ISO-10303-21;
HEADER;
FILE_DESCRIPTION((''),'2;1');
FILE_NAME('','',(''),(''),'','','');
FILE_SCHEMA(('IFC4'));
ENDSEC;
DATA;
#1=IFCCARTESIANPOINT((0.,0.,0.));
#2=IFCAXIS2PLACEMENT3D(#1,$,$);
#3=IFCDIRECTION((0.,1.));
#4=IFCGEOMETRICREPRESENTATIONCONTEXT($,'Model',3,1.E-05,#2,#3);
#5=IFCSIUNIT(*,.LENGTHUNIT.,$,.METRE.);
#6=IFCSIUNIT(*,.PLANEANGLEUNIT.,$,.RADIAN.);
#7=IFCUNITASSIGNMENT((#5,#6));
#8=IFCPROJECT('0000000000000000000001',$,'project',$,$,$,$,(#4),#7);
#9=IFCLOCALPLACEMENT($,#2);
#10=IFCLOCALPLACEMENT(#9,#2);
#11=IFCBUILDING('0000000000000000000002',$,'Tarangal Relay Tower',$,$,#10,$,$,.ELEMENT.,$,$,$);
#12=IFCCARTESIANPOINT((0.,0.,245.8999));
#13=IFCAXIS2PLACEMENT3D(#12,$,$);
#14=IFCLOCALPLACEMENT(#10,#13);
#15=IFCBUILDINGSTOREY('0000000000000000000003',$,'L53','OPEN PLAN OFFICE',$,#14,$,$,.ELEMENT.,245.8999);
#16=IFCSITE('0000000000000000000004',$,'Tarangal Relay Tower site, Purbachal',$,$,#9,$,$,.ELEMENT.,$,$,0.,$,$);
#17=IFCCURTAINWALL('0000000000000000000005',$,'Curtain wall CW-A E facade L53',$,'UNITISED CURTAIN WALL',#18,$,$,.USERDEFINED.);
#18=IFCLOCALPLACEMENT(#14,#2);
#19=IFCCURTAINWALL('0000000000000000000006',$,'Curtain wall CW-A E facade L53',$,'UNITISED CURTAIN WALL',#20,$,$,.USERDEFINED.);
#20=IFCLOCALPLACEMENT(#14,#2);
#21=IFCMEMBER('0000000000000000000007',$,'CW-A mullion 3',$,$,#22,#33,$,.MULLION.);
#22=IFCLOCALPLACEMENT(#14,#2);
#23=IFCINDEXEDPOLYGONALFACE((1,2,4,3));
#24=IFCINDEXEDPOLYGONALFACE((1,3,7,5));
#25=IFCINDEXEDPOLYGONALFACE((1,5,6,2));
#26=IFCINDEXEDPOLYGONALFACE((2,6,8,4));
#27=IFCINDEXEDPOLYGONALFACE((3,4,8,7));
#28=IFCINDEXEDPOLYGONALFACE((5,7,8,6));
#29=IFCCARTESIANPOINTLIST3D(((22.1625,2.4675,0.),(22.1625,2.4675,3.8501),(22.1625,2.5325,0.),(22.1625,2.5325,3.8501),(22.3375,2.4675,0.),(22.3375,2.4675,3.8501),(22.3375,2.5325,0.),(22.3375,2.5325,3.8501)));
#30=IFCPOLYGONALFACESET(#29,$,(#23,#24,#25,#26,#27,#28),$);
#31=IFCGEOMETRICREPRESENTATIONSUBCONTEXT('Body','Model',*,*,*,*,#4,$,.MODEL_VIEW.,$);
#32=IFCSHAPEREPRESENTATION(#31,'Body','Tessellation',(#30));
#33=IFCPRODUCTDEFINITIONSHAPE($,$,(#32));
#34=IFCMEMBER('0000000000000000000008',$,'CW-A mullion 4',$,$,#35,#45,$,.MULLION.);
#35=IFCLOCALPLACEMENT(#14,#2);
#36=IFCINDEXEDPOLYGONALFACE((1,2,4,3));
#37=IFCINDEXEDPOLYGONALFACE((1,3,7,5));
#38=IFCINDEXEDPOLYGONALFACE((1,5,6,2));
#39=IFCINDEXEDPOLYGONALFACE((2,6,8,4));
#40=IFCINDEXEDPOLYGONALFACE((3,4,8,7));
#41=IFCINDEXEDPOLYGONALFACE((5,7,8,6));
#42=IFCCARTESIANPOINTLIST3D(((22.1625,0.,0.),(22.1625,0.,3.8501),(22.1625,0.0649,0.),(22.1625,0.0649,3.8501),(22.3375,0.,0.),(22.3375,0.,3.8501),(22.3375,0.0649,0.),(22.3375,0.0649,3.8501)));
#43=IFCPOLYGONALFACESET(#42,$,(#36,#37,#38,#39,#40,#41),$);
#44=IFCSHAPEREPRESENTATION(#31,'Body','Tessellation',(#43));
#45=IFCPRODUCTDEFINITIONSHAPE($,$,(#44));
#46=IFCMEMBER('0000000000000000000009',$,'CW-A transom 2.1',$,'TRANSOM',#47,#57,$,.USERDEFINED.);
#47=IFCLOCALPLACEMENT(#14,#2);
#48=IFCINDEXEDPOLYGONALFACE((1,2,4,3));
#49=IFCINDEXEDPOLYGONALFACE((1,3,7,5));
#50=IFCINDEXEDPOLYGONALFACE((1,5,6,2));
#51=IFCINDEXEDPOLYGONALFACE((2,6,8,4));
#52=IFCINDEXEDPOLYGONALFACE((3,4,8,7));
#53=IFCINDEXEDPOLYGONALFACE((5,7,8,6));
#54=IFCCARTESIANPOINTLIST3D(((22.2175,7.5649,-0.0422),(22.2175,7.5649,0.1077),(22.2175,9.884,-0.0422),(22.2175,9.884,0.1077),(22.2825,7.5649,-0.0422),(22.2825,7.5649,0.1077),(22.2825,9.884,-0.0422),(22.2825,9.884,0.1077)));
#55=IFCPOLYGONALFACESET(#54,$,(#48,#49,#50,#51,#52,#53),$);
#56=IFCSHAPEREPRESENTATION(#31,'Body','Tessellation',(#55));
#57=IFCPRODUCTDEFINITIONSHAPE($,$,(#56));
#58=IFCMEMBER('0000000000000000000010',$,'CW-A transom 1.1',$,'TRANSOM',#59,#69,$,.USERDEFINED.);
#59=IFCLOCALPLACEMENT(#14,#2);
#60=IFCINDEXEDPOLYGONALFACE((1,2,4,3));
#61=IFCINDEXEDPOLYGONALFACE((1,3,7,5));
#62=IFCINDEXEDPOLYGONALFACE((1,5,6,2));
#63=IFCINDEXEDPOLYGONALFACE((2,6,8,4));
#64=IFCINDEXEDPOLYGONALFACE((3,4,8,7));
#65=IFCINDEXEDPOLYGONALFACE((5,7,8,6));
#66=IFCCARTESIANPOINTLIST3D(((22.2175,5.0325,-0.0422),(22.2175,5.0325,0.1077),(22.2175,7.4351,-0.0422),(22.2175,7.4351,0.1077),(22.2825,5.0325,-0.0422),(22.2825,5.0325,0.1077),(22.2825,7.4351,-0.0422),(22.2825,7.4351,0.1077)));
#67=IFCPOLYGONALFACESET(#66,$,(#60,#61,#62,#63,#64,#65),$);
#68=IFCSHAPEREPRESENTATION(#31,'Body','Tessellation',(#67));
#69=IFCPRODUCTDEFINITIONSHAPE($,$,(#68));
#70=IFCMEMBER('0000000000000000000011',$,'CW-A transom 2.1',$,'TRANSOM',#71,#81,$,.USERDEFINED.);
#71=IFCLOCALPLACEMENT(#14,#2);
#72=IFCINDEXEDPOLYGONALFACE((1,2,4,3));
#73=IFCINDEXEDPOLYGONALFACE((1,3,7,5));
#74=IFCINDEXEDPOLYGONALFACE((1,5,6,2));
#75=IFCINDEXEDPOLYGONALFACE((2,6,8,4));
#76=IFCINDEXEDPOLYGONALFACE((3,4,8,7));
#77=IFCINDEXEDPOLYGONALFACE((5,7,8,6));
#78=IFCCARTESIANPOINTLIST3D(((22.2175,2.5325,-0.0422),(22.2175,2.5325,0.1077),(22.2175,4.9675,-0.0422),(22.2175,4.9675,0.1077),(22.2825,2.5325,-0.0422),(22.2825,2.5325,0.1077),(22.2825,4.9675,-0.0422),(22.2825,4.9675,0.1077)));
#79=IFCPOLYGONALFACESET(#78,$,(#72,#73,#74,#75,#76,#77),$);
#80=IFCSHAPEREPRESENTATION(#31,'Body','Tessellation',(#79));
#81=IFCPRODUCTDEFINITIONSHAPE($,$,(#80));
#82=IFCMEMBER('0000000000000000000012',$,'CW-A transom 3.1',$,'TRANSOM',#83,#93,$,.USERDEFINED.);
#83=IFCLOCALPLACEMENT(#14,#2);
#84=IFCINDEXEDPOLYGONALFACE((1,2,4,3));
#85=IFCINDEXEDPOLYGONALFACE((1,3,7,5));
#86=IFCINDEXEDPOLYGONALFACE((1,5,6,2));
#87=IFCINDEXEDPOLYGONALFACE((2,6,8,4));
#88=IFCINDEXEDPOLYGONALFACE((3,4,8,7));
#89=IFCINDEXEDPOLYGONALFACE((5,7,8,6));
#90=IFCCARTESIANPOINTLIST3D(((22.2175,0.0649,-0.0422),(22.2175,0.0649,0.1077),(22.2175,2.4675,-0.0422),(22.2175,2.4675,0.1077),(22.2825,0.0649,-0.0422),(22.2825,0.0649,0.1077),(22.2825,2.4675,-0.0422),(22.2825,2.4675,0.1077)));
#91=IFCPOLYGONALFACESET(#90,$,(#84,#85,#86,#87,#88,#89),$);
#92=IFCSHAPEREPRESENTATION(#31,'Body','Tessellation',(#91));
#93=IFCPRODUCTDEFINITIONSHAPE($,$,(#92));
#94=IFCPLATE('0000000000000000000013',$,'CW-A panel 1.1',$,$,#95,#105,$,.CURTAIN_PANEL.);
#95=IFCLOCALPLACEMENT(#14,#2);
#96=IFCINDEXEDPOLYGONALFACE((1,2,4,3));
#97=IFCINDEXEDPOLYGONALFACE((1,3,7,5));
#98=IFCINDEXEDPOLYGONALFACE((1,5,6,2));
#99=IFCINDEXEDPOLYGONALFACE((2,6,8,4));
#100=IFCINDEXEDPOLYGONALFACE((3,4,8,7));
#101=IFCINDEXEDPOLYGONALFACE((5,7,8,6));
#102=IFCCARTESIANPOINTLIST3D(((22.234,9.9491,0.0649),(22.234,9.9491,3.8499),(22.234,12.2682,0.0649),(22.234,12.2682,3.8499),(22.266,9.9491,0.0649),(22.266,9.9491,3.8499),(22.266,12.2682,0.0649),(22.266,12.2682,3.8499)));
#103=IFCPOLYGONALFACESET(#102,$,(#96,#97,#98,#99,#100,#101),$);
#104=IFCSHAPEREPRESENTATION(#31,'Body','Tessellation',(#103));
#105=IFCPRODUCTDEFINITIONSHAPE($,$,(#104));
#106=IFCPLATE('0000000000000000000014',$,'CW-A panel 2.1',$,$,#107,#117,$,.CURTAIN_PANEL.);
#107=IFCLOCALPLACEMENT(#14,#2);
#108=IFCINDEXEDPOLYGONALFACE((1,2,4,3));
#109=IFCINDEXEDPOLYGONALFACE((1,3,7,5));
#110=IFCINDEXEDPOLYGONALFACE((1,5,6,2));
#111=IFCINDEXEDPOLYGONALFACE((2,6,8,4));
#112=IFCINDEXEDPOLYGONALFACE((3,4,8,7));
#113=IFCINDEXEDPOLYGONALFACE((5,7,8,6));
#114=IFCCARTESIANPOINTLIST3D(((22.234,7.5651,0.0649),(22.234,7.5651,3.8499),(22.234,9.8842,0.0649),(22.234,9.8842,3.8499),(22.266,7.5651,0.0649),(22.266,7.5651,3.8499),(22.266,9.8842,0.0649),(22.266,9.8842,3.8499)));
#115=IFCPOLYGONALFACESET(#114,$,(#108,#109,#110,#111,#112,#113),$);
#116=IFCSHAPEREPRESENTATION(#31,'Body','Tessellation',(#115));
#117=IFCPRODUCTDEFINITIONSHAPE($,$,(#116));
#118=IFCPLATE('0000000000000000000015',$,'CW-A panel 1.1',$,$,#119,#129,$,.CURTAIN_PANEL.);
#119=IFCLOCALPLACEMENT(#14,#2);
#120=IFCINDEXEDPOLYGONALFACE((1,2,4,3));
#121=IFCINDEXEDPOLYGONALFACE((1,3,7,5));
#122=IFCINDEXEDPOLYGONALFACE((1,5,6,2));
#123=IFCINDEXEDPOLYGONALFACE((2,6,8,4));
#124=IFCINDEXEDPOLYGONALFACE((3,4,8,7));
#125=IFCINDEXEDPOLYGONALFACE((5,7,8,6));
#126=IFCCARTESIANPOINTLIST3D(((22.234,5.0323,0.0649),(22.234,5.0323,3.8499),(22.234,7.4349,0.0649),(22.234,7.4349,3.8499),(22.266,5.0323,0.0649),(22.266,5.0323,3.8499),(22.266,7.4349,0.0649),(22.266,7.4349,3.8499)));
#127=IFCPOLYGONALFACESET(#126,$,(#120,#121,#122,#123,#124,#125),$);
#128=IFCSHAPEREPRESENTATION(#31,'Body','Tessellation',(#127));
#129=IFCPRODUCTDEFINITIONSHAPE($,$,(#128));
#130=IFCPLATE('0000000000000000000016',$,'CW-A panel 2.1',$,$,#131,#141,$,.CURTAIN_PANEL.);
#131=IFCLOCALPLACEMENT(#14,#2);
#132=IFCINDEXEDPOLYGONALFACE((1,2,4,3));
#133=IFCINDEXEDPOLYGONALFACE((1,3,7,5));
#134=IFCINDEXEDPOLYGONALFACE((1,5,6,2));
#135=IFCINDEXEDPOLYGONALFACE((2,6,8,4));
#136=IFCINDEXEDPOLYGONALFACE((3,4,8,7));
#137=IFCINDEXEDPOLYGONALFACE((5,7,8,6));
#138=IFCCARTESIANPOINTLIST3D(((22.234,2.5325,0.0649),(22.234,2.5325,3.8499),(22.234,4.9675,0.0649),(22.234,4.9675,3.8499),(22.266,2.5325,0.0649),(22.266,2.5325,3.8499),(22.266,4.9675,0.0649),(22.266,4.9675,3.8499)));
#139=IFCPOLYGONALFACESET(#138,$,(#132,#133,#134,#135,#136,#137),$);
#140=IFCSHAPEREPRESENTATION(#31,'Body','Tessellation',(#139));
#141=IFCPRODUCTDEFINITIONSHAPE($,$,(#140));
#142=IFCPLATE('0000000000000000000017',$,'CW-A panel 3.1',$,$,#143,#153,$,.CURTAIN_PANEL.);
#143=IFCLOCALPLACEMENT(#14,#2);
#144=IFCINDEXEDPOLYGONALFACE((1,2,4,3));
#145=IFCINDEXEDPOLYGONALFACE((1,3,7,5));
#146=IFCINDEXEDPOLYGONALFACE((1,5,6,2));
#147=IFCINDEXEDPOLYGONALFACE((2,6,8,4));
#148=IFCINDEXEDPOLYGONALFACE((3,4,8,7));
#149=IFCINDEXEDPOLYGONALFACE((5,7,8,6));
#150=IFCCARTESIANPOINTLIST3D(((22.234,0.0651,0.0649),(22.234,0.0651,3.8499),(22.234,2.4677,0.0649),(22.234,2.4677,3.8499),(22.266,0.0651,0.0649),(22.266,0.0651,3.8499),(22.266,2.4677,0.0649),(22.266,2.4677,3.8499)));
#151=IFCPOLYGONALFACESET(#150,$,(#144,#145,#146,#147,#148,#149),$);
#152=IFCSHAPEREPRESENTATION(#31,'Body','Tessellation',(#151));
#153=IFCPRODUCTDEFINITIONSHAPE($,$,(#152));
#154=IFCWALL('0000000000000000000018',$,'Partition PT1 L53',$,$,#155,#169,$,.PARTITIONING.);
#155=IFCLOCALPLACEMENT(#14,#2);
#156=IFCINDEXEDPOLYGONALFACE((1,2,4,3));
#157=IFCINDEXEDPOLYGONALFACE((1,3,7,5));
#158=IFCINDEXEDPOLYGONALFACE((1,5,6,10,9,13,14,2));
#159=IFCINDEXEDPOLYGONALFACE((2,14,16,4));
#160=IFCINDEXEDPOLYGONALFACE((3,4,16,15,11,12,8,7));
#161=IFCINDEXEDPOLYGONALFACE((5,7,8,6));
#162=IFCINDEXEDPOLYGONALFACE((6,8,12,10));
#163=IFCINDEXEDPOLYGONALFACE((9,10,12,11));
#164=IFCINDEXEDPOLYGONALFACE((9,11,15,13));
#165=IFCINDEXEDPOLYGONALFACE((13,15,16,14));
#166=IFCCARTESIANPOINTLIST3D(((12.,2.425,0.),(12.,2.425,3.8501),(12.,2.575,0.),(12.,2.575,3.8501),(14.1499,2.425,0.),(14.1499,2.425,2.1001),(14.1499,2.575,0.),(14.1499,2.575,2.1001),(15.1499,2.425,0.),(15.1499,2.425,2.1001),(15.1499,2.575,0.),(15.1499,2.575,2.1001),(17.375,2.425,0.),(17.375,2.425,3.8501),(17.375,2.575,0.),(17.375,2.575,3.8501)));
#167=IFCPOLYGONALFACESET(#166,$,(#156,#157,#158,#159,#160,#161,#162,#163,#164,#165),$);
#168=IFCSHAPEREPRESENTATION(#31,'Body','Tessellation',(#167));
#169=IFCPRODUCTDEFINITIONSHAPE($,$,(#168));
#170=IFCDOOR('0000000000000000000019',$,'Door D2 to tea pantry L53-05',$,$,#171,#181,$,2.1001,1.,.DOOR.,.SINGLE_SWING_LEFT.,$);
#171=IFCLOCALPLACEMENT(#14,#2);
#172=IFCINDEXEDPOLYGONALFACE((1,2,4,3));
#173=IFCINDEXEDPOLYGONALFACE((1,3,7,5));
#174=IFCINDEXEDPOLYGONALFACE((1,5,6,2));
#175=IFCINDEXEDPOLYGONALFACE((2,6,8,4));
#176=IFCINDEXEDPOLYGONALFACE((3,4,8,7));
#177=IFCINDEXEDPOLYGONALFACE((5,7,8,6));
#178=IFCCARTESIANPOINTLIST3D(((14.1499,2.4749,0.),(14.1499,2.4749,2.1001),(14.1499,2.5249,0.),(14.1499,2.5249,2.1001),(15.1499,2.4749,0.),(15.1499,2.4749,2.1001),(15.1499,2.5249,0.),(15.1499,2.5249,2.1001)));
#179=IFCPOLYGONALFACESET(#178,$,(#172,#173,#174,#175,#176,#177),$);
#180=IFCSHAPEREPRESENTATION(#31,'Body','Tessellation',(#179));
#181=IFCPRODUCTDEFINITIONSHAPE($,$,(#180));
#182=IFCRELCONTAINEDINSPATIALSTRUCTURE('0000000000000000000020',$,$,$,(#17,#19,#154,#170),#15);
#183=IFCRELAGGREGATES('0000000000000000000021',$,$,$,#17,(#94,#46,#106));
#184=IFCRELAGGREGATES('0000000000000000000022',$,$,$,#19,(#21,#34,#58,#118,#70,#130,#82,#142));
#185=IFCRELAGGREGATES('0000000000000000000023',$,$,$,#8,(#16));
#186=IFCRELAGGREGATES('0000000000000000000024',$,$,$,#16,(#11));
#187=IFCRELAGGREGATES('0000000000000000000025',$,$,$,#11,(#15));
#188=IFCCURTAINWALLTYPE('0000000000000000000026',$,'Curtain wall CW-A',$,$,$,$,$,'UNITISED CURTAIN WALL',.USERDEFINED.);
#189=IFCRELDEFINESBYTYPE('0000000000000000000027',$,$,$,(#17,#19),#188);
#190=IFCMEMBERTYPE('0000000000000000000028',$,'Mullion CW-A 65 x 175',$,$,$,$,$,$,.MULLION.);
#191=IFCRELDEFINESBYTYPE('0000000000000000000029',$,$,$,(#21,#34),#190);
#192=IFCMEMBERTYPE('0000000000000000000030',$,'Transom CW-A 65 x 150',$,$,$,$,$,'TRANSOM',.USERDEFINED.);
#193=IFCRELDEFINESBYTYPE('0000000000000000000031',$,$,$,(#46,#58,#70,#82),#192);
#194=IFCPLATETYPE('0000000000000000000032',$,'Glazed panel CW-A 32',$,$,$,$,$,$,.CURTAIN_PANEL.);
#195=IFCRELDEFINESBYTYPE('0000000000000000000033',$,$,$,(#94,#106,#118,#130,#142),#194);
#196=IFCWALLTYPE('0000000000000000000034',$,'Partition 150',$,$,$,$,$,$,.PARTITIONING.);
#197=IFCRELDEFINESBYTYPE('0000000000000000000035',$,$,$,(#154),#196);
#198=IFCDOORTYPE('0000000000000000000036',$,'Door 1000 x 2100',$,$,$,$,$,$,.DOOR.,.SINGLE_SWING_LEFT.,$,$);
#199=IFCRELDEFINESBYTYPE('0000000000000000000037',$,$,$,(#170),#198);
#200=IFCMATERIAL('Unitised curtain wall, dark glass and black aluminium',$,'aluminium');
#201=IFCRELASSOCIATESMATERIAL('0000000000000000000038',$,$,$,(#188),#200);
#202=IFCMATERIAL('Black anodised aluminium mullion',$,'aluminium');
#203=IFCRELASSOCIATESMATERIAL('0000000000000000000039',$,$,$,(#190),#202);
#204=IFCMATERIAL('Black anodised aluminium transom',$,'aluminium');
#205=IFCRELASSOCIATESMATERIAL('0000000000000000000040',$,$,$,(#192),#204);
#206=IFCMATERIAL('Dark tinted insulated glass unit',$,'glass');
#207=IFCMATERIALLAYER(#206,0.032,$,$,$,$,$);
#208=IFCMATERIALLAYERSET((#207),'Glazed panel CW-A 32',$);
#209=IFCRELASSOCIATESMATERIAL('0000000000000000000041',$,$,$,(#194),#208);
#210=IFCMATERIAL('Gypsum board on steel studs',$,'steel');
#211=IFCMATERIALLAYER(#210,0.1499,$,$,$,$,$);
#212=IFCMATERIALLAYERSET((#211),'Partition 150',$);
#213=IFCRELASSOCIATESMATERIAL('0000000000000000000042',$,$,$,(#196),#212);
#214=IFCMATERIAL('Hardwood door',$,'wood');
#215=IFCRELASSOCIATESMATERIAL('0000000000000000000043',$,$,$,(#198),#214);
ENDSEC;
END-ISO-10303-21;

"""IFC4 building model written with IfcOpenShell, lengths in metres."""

from ifc_helpers import new_model, si_unit, direction, frame, frame_2d, origin, origin_2d, place, context, subcontext, project, spatial, rectangle, extrude, material, layer, layer_set, material_profile, profile_set, type_object, element, fill, aggregate, save


model = new_model("IFC4")

# Units and contexts
model_context = context("Model", 3, precision=1e-05, world=origin(), true_north=direction((0.0, 1.0)))
body_context = subcontext(model_context, "Body", "Model", "MODEL_VIEW")
ifc_project = project(units=[si_unit("LENGTHUNIT", "METRE"), si_unit("PLANEANGLEUNIT", "RADIAN")], contexts=[model_context])

# Site, building, storey
site_placement = place(None, origin())
site = spatial("IfcSite", under=ifc_project, at=site_placement, Name="Tarangal Relay Tower site, Purbachal", CompositionType="ELEMENT", RefElevation=0.0)
building_placement = place(site_placement, origin())
building = spatial("IfcBuilding", under=site, at=building_placement, Name="Tarangal Relay Tower", CompositionType="ELEMENT")
storey_placement = place(building_placement, frame((0.0, 0.0, 245.8999)))
storey = spatial("IfcBuildingStorey", under=building, at=storey_placement, Name="L53", Description="OPEN PLAN OFFICE", CompositionType="ELEMENT", Elevation=245.8999)

# Curtain walls, members
ifc_material_1 = material(Name="Unitised curtain wall, dark glass and black aluminium", Category="aluminium")
curtain_wall_type = type_object("IfcCurtainWallType", Name="Curtain wall CW-A", ElementType="UNITISED CURTAIN WALL", PredefinedType="USERDEFINED", material=ifc_material_1)
curtain_wall_1_placement = place(storey_placement, origin())
curtain_wall_1 = element("IfcCurtainWall", 1, at=curtain_wall_1_placement, inside=storey, type_object=curtain_wall_type, Name="Curtain wall CW-A E facade L53", ObjectType="UNITISED CURTAIN WALL", PredefinedType="USERDEFINED")
ifc_material_2 = material(Name="Black anodised aluminium mullion", Category="aluminium")
ifc_material_profile_1 = material_profile(ifc_material_2, rectangle(XDim=0.175, YDim=0.0649, at=origin_2d()), Name="CW-AM 65X175")
ifc_profile_set_1 = profile_set([ifc_material_profile_1], Name="Black anodised aluminium mullion")
member_type_1 = type_object("IfcMemberType", Name="Mullion CW-A 65 x 175", PredefinedType="MULLION", material=ifc_profile_set_1)
curtain_wall_2_placement = place(storey_placement, origin())
curtain_wall_2 = element("IfcCurtainWall", 2, at=curtain_wall_2_placement, inside=storey, type_object=curtain_wall_type, Name="Curtain wall CW-A E facade L53", ObjectType="UNITISED CURTAIN WALL", PredefinedType="USERDEFINED")
member_1_placement = place(storey_placement, frame((22.25, 2.5, 0.0), z_axis=(0.0, 0.0, 1.0), x_axis=(1.0, 0.0, 0.0)))
member_1 = element("IfcMember", 3, at=member_1_placement, type_object=member_type_1, Name="CW-A mullion 3", PredefinedType="MULLION", context=body_context, shape_type="SweptSolid", body=[
    extrude(rectangle(XDim=0.175, YDim=0.0649, at=origin_2d()), origin(), (0.0, 0.0, 1.0), 3.8501),
])
member_2_placement = place(storey_placement, frame((22.25, 0.0325, 0.0), z_axis=(0.0, 0.0, 1.0), x_axis=(1.0, 0.0, 0.0)))
member_2 = element("IfcMember", 4, at=member_2_placement, type_object=member_type_1, Name="CW-A mullion 4", PredefinedType="MULLION", context=body_context, shape_type="SweptSolid", body=[
    extrude(rectangle(XDim=0.175, YDim=0.0649, at=origin_2d()), origin(), (0.0, 0.0, 1.0), 3.8501),
])

# Members
ifc_material_3 = material(Name="Black anodised aluminium transom", Category="aluminium")
ifc_material_profile_2 = material_profile(ifc_material_3, rectangle(XDim=0.0649, YDim=0.1499, at=origin_2d()), Name="CW-AT 65X150")
ifc_profile_set_2 = profile_set([ifc_material_profile_2], Name="Black anodised aluminium transom")
member_type_2 = type_object("IfcMemberType", Name="Transom CW-A 65 x 150", ElementType="TRANSOM", PredefinedType="USERDEFINED", material=ifc_profile_set_2)
member_3_placement = place(storey_placement, frame((22.25, 9.884, 0.0327), z_axis=(0.0, -1.0, 0.0), x_axis=(1.0, 0.0, 0.0)))
member_3 = element("IfcMember", 5, at=member_3_placement, type_object=member_type_2, Name="CW-A transom 2.1", ObjectType="TRANSOM", PredefinedType="USERDEFINED", context=body_context, shape_type="SweptSolid", body=[
    extrude(rectangle(XDim=0.0649, YDim=0.1499, at=origin_2d()), origin(), (0.0, 0.0, 1.0), 2.3191),
])
member_4_placement = place(storey_placement, frame((22.25, 7.4351, 0.0327), z_axis=(0.0, -1.0, 0.0), x_axis=(1.0, 0.0, 0.0)))
member_4 = element("IfcMember", 6, at=member_4_placement, type_object=member_type_2, Name="CW-A transom 1.1", ObjectType="TRANSOM", PredefinedType="USERDEFINED", context=body_context, shape_type="SweptSolid", body=[
    extrude(rectangle(XDim=0.0649, YDim=0.1499, at=origin_2d()), origin(), (0.0, 0.0, 1.0), 2.4026),
])
member_5_placement = place(storey_placement, frame((22.25, 4.9675, 0.0327), z_axis=(0.0, -1.0, 0.0), x_axis=(1.0, 0.0, 0.0)))
member_5 = element("IfcMember", 7, at=member_5_placement, type_object=member_type_2, Name="CW-A transom 2.1", ObjectType="TRANSOM", PredefinedType="USERDEFINED", context=body_context, shape_type="SweptSolid", body=[
    extrude(rectangle(XDim=0.0649, YDim=0.1499, at=origin_2d()), origin(), (0.0, 0.0, 1.0), 2.4351),
])
member_6_placement = place(storey_placement, frame((22.25, 2.4675, 0.0327), z_axis=(0.0, -1.0, 0.0), x_axis=(1.0, 0.0, 0.0)))
member_6 = element("IfcMember", 8, at=member_6_placement, type_object=member_type_2, Name="CW-A transom 3.1", ObjectType="TRANSOM", PredefinedType="USERDEFINED", context=body_context, shape_type="SweptSolid", body=[
    extrude(rectangle(XDim=0.0649, YDim=0.1499, at=origin_2d()), origin(), (0.0, 0.0, 1.0), 2.4026),
])

# Plates
ifc_material_4 = material(Name="Dark tinted insulated glass unit", Category="glass")
ifc_layer_1 = layer(ifc_material_4, 0.032)
ifc_layer_set_1 = layer_set([ifc_layer_1], Name="Glazed panel CW-A 32")
plate_type = type_object("IfcPlateType", Name="Glazed panel CW-A 32", PredefinedType="CURTAIN_PANEL", material=ifc_layer_set_1)
plate_1_placement = place(storey_placement, frame((22.25, 11.1086, 0.0649), z_axis=(0.0, 0.0, 1.0), x_axis=(0.0, -1.0, 0.0)))
plate_1 = element("IfcPlate", 9, at=plate_1_placement, type_object=plate_type, Name="CW-A panel 1.1", PredefinedType="CURTAIN_PANEL", context=body_context, shape_type="SweptSolid", body=[
    extrude(rectangle(XDim=2.3191, YDim=0.032, at=origin_2d()), origin(), (0.0, 0.0, 1.0), 3.7849),
])
plate_2_placement = place(storey_placement, frame((22.25, 8.7246, 0.0649), z_axis=(0.0, 0.0, 1.0), x_axis=(0.0, -1.0, 0.0)))
plate_2 = element("IfcPlate", 10, at=plate_2_placement, type_object=plate_type, Name="CW-A panel 2.1", PredefinedType="CURTAIN_PANEL", context=body_context, shape_type="SweptSolid", body=[
    extrude(rectangle(XDim=2.3191, YDim=0.032, at=origin_2d()), origin(), (0.0, 0.0, 1.0), 3.7849),
])
aggregate(curtain_wall_1, [plate_1, member_3, plate_2])
plate_3_placement = place(storey_placement, frame((22.25, 6.2336, 0.0649), z_axis=(0.0, 0.0, 1.0), x_axis=(0.0, -1.0, 0.0)))
plate_3 = element("IfcPlate", 11, at=plate_3_placement, type_object=plate_type, Name="CW-A panel 1.1", PredefinedType="CURTAIN_PANEL", context=body_context, shape_type="SweptSolid", body=[
    extrude(rectangle(XDim=2.4026, YDim=0.032, at=origin_2d()), origin(), (0.0, 0.0, 1.0), 3.7849),
])
plate_4_placement = place(storey_placement, frame((22.25, 3.75, 0.0649), z_axis=(0.0, 0.0, 1.0), x_axis=(0.0, -1.0, 0.0)))
plate_4 = element("IfcPlate", 12, at=plate_4_placement, type_object=plate_type, Name="CW-A panel 2.1", PredefinedType="CURTAIN_PANEL", context=body_context, shape_type="SweptSolid", body=[
    extrude(rectangle(XDim=2.4351, YDim=0.032, at=origin_2d()), origin(), (0.0, 0.0, 1.0), 3.7849),
])
plate_5_placement = place(storey_placement, frame((22.25, 1.2664, 0.0649), z_axis=(0.0, 0.0, 1.0), x_axis=(0.0, -1.0, 0.0)))
plate_5 = element("IfcPlate", 13, at=plate_5_placement, type_object=plate_type, Name="CW-A panel 3.1", PredefinedType="CURTAIN_PANEL", context=body_context, shape_type="SweptSolid", body=[
    extrude(rectangle(XDim=2.4026, YDim=0.032, at=origin_2d()), origin(), (0.0, 0.0, 1.0), 3.7849),
])
aggregate(curtain_wall_2, [member_1, member_2, member_4, plate_3, member_5, plate_4, member_6, plate_5])

# Wall, opening, door
ifc_material_5 = material(Name="Gypsum board on steel studs", Category="steel")
ifc_layer_2 = layer(ifc_material_5, 0.1499)
ifc_layer_set_2 = layer_set([ifc_layer_2], Name="Partition 150")
wall_type = type_object("IfcWallType", Name="Partition 150", PredefinedType="PARTITIONING", material=ifc_layer_set_2)
wall_1_placement = place(storey_placement, frame((12.0, 2.5, 0.0), z_axis=(0.0, 0.0, 1.0), x_axis=(1.0, 0.0, 0.0)))
wall_1 = element("IfcWall", 14, at=wall_1_placement, inside=storey, type_object=wall_type, Name="Partition PT1 L53", PredefinedType="PARTITIONING", context=body_context, shape_type="SweptSolid", body=[
    extrude(rectangle(XDim=5.375, YDim=0.1499, at=frame_2d((2.6875, 0.0))), origin(), (0.0, 0.0, 1.0), 3.8501),
])
opening_placement = place(wall_1_placement, frame((2.1499, 0.0, 0.0)))
opening = element("IfcOpeningElement", 15, at=opening_placement, cuts=wall_1, PredefinedType="OPENING", context=body_context, shape_type="SweptSolid", body=[
    extrude(rectangle(XDim=1.0, YDim=2.1001, at=frame_2d((0.5, 1.05))), frame((0.0, 0.085, 0.0), z_axis=(0.0, -1.0, 0.0), x_axis=(1.0, 0.0, 0.0)), (0.0, 0.0, 1.0), 0.1699),
])
ifc_material_6 = material(Name="Hardwood door", Category="wood")
door_type = type_object("IfcDoorType", Name="Door 1000 x 2100", OperationType="SINGLE_SWING_LEFT", PredefinedType="DOOR", material=ifc_material_6)
door_placement = place(opening_placement, origin())
door = element("IfcDoor", 16, at=door_placement, inside=storey, type_object=door_type, Name="Door D2 to tea pantry L53-05", OperationType="SINGLE_SWING_LEFT", OverallHeight=2.1001, OverallWidth=1.0, PredefinedType="DOOR", context=body_context, shape_type="SweptSolid", body=[
    extrude(rectangle(XDim=1.0, YDim=2.1001, at=frame_2d((0.5, 1.05))), frame((0.0, 0.0249, 0.0), z_axis=(0.0, -1.0, 0.0), x_axis=(1.0, 0.0, 0.0)), (0.0, 0.0, 1.0), 0.05),
])
fill(opening, door)

save(model, "model.ifc")
